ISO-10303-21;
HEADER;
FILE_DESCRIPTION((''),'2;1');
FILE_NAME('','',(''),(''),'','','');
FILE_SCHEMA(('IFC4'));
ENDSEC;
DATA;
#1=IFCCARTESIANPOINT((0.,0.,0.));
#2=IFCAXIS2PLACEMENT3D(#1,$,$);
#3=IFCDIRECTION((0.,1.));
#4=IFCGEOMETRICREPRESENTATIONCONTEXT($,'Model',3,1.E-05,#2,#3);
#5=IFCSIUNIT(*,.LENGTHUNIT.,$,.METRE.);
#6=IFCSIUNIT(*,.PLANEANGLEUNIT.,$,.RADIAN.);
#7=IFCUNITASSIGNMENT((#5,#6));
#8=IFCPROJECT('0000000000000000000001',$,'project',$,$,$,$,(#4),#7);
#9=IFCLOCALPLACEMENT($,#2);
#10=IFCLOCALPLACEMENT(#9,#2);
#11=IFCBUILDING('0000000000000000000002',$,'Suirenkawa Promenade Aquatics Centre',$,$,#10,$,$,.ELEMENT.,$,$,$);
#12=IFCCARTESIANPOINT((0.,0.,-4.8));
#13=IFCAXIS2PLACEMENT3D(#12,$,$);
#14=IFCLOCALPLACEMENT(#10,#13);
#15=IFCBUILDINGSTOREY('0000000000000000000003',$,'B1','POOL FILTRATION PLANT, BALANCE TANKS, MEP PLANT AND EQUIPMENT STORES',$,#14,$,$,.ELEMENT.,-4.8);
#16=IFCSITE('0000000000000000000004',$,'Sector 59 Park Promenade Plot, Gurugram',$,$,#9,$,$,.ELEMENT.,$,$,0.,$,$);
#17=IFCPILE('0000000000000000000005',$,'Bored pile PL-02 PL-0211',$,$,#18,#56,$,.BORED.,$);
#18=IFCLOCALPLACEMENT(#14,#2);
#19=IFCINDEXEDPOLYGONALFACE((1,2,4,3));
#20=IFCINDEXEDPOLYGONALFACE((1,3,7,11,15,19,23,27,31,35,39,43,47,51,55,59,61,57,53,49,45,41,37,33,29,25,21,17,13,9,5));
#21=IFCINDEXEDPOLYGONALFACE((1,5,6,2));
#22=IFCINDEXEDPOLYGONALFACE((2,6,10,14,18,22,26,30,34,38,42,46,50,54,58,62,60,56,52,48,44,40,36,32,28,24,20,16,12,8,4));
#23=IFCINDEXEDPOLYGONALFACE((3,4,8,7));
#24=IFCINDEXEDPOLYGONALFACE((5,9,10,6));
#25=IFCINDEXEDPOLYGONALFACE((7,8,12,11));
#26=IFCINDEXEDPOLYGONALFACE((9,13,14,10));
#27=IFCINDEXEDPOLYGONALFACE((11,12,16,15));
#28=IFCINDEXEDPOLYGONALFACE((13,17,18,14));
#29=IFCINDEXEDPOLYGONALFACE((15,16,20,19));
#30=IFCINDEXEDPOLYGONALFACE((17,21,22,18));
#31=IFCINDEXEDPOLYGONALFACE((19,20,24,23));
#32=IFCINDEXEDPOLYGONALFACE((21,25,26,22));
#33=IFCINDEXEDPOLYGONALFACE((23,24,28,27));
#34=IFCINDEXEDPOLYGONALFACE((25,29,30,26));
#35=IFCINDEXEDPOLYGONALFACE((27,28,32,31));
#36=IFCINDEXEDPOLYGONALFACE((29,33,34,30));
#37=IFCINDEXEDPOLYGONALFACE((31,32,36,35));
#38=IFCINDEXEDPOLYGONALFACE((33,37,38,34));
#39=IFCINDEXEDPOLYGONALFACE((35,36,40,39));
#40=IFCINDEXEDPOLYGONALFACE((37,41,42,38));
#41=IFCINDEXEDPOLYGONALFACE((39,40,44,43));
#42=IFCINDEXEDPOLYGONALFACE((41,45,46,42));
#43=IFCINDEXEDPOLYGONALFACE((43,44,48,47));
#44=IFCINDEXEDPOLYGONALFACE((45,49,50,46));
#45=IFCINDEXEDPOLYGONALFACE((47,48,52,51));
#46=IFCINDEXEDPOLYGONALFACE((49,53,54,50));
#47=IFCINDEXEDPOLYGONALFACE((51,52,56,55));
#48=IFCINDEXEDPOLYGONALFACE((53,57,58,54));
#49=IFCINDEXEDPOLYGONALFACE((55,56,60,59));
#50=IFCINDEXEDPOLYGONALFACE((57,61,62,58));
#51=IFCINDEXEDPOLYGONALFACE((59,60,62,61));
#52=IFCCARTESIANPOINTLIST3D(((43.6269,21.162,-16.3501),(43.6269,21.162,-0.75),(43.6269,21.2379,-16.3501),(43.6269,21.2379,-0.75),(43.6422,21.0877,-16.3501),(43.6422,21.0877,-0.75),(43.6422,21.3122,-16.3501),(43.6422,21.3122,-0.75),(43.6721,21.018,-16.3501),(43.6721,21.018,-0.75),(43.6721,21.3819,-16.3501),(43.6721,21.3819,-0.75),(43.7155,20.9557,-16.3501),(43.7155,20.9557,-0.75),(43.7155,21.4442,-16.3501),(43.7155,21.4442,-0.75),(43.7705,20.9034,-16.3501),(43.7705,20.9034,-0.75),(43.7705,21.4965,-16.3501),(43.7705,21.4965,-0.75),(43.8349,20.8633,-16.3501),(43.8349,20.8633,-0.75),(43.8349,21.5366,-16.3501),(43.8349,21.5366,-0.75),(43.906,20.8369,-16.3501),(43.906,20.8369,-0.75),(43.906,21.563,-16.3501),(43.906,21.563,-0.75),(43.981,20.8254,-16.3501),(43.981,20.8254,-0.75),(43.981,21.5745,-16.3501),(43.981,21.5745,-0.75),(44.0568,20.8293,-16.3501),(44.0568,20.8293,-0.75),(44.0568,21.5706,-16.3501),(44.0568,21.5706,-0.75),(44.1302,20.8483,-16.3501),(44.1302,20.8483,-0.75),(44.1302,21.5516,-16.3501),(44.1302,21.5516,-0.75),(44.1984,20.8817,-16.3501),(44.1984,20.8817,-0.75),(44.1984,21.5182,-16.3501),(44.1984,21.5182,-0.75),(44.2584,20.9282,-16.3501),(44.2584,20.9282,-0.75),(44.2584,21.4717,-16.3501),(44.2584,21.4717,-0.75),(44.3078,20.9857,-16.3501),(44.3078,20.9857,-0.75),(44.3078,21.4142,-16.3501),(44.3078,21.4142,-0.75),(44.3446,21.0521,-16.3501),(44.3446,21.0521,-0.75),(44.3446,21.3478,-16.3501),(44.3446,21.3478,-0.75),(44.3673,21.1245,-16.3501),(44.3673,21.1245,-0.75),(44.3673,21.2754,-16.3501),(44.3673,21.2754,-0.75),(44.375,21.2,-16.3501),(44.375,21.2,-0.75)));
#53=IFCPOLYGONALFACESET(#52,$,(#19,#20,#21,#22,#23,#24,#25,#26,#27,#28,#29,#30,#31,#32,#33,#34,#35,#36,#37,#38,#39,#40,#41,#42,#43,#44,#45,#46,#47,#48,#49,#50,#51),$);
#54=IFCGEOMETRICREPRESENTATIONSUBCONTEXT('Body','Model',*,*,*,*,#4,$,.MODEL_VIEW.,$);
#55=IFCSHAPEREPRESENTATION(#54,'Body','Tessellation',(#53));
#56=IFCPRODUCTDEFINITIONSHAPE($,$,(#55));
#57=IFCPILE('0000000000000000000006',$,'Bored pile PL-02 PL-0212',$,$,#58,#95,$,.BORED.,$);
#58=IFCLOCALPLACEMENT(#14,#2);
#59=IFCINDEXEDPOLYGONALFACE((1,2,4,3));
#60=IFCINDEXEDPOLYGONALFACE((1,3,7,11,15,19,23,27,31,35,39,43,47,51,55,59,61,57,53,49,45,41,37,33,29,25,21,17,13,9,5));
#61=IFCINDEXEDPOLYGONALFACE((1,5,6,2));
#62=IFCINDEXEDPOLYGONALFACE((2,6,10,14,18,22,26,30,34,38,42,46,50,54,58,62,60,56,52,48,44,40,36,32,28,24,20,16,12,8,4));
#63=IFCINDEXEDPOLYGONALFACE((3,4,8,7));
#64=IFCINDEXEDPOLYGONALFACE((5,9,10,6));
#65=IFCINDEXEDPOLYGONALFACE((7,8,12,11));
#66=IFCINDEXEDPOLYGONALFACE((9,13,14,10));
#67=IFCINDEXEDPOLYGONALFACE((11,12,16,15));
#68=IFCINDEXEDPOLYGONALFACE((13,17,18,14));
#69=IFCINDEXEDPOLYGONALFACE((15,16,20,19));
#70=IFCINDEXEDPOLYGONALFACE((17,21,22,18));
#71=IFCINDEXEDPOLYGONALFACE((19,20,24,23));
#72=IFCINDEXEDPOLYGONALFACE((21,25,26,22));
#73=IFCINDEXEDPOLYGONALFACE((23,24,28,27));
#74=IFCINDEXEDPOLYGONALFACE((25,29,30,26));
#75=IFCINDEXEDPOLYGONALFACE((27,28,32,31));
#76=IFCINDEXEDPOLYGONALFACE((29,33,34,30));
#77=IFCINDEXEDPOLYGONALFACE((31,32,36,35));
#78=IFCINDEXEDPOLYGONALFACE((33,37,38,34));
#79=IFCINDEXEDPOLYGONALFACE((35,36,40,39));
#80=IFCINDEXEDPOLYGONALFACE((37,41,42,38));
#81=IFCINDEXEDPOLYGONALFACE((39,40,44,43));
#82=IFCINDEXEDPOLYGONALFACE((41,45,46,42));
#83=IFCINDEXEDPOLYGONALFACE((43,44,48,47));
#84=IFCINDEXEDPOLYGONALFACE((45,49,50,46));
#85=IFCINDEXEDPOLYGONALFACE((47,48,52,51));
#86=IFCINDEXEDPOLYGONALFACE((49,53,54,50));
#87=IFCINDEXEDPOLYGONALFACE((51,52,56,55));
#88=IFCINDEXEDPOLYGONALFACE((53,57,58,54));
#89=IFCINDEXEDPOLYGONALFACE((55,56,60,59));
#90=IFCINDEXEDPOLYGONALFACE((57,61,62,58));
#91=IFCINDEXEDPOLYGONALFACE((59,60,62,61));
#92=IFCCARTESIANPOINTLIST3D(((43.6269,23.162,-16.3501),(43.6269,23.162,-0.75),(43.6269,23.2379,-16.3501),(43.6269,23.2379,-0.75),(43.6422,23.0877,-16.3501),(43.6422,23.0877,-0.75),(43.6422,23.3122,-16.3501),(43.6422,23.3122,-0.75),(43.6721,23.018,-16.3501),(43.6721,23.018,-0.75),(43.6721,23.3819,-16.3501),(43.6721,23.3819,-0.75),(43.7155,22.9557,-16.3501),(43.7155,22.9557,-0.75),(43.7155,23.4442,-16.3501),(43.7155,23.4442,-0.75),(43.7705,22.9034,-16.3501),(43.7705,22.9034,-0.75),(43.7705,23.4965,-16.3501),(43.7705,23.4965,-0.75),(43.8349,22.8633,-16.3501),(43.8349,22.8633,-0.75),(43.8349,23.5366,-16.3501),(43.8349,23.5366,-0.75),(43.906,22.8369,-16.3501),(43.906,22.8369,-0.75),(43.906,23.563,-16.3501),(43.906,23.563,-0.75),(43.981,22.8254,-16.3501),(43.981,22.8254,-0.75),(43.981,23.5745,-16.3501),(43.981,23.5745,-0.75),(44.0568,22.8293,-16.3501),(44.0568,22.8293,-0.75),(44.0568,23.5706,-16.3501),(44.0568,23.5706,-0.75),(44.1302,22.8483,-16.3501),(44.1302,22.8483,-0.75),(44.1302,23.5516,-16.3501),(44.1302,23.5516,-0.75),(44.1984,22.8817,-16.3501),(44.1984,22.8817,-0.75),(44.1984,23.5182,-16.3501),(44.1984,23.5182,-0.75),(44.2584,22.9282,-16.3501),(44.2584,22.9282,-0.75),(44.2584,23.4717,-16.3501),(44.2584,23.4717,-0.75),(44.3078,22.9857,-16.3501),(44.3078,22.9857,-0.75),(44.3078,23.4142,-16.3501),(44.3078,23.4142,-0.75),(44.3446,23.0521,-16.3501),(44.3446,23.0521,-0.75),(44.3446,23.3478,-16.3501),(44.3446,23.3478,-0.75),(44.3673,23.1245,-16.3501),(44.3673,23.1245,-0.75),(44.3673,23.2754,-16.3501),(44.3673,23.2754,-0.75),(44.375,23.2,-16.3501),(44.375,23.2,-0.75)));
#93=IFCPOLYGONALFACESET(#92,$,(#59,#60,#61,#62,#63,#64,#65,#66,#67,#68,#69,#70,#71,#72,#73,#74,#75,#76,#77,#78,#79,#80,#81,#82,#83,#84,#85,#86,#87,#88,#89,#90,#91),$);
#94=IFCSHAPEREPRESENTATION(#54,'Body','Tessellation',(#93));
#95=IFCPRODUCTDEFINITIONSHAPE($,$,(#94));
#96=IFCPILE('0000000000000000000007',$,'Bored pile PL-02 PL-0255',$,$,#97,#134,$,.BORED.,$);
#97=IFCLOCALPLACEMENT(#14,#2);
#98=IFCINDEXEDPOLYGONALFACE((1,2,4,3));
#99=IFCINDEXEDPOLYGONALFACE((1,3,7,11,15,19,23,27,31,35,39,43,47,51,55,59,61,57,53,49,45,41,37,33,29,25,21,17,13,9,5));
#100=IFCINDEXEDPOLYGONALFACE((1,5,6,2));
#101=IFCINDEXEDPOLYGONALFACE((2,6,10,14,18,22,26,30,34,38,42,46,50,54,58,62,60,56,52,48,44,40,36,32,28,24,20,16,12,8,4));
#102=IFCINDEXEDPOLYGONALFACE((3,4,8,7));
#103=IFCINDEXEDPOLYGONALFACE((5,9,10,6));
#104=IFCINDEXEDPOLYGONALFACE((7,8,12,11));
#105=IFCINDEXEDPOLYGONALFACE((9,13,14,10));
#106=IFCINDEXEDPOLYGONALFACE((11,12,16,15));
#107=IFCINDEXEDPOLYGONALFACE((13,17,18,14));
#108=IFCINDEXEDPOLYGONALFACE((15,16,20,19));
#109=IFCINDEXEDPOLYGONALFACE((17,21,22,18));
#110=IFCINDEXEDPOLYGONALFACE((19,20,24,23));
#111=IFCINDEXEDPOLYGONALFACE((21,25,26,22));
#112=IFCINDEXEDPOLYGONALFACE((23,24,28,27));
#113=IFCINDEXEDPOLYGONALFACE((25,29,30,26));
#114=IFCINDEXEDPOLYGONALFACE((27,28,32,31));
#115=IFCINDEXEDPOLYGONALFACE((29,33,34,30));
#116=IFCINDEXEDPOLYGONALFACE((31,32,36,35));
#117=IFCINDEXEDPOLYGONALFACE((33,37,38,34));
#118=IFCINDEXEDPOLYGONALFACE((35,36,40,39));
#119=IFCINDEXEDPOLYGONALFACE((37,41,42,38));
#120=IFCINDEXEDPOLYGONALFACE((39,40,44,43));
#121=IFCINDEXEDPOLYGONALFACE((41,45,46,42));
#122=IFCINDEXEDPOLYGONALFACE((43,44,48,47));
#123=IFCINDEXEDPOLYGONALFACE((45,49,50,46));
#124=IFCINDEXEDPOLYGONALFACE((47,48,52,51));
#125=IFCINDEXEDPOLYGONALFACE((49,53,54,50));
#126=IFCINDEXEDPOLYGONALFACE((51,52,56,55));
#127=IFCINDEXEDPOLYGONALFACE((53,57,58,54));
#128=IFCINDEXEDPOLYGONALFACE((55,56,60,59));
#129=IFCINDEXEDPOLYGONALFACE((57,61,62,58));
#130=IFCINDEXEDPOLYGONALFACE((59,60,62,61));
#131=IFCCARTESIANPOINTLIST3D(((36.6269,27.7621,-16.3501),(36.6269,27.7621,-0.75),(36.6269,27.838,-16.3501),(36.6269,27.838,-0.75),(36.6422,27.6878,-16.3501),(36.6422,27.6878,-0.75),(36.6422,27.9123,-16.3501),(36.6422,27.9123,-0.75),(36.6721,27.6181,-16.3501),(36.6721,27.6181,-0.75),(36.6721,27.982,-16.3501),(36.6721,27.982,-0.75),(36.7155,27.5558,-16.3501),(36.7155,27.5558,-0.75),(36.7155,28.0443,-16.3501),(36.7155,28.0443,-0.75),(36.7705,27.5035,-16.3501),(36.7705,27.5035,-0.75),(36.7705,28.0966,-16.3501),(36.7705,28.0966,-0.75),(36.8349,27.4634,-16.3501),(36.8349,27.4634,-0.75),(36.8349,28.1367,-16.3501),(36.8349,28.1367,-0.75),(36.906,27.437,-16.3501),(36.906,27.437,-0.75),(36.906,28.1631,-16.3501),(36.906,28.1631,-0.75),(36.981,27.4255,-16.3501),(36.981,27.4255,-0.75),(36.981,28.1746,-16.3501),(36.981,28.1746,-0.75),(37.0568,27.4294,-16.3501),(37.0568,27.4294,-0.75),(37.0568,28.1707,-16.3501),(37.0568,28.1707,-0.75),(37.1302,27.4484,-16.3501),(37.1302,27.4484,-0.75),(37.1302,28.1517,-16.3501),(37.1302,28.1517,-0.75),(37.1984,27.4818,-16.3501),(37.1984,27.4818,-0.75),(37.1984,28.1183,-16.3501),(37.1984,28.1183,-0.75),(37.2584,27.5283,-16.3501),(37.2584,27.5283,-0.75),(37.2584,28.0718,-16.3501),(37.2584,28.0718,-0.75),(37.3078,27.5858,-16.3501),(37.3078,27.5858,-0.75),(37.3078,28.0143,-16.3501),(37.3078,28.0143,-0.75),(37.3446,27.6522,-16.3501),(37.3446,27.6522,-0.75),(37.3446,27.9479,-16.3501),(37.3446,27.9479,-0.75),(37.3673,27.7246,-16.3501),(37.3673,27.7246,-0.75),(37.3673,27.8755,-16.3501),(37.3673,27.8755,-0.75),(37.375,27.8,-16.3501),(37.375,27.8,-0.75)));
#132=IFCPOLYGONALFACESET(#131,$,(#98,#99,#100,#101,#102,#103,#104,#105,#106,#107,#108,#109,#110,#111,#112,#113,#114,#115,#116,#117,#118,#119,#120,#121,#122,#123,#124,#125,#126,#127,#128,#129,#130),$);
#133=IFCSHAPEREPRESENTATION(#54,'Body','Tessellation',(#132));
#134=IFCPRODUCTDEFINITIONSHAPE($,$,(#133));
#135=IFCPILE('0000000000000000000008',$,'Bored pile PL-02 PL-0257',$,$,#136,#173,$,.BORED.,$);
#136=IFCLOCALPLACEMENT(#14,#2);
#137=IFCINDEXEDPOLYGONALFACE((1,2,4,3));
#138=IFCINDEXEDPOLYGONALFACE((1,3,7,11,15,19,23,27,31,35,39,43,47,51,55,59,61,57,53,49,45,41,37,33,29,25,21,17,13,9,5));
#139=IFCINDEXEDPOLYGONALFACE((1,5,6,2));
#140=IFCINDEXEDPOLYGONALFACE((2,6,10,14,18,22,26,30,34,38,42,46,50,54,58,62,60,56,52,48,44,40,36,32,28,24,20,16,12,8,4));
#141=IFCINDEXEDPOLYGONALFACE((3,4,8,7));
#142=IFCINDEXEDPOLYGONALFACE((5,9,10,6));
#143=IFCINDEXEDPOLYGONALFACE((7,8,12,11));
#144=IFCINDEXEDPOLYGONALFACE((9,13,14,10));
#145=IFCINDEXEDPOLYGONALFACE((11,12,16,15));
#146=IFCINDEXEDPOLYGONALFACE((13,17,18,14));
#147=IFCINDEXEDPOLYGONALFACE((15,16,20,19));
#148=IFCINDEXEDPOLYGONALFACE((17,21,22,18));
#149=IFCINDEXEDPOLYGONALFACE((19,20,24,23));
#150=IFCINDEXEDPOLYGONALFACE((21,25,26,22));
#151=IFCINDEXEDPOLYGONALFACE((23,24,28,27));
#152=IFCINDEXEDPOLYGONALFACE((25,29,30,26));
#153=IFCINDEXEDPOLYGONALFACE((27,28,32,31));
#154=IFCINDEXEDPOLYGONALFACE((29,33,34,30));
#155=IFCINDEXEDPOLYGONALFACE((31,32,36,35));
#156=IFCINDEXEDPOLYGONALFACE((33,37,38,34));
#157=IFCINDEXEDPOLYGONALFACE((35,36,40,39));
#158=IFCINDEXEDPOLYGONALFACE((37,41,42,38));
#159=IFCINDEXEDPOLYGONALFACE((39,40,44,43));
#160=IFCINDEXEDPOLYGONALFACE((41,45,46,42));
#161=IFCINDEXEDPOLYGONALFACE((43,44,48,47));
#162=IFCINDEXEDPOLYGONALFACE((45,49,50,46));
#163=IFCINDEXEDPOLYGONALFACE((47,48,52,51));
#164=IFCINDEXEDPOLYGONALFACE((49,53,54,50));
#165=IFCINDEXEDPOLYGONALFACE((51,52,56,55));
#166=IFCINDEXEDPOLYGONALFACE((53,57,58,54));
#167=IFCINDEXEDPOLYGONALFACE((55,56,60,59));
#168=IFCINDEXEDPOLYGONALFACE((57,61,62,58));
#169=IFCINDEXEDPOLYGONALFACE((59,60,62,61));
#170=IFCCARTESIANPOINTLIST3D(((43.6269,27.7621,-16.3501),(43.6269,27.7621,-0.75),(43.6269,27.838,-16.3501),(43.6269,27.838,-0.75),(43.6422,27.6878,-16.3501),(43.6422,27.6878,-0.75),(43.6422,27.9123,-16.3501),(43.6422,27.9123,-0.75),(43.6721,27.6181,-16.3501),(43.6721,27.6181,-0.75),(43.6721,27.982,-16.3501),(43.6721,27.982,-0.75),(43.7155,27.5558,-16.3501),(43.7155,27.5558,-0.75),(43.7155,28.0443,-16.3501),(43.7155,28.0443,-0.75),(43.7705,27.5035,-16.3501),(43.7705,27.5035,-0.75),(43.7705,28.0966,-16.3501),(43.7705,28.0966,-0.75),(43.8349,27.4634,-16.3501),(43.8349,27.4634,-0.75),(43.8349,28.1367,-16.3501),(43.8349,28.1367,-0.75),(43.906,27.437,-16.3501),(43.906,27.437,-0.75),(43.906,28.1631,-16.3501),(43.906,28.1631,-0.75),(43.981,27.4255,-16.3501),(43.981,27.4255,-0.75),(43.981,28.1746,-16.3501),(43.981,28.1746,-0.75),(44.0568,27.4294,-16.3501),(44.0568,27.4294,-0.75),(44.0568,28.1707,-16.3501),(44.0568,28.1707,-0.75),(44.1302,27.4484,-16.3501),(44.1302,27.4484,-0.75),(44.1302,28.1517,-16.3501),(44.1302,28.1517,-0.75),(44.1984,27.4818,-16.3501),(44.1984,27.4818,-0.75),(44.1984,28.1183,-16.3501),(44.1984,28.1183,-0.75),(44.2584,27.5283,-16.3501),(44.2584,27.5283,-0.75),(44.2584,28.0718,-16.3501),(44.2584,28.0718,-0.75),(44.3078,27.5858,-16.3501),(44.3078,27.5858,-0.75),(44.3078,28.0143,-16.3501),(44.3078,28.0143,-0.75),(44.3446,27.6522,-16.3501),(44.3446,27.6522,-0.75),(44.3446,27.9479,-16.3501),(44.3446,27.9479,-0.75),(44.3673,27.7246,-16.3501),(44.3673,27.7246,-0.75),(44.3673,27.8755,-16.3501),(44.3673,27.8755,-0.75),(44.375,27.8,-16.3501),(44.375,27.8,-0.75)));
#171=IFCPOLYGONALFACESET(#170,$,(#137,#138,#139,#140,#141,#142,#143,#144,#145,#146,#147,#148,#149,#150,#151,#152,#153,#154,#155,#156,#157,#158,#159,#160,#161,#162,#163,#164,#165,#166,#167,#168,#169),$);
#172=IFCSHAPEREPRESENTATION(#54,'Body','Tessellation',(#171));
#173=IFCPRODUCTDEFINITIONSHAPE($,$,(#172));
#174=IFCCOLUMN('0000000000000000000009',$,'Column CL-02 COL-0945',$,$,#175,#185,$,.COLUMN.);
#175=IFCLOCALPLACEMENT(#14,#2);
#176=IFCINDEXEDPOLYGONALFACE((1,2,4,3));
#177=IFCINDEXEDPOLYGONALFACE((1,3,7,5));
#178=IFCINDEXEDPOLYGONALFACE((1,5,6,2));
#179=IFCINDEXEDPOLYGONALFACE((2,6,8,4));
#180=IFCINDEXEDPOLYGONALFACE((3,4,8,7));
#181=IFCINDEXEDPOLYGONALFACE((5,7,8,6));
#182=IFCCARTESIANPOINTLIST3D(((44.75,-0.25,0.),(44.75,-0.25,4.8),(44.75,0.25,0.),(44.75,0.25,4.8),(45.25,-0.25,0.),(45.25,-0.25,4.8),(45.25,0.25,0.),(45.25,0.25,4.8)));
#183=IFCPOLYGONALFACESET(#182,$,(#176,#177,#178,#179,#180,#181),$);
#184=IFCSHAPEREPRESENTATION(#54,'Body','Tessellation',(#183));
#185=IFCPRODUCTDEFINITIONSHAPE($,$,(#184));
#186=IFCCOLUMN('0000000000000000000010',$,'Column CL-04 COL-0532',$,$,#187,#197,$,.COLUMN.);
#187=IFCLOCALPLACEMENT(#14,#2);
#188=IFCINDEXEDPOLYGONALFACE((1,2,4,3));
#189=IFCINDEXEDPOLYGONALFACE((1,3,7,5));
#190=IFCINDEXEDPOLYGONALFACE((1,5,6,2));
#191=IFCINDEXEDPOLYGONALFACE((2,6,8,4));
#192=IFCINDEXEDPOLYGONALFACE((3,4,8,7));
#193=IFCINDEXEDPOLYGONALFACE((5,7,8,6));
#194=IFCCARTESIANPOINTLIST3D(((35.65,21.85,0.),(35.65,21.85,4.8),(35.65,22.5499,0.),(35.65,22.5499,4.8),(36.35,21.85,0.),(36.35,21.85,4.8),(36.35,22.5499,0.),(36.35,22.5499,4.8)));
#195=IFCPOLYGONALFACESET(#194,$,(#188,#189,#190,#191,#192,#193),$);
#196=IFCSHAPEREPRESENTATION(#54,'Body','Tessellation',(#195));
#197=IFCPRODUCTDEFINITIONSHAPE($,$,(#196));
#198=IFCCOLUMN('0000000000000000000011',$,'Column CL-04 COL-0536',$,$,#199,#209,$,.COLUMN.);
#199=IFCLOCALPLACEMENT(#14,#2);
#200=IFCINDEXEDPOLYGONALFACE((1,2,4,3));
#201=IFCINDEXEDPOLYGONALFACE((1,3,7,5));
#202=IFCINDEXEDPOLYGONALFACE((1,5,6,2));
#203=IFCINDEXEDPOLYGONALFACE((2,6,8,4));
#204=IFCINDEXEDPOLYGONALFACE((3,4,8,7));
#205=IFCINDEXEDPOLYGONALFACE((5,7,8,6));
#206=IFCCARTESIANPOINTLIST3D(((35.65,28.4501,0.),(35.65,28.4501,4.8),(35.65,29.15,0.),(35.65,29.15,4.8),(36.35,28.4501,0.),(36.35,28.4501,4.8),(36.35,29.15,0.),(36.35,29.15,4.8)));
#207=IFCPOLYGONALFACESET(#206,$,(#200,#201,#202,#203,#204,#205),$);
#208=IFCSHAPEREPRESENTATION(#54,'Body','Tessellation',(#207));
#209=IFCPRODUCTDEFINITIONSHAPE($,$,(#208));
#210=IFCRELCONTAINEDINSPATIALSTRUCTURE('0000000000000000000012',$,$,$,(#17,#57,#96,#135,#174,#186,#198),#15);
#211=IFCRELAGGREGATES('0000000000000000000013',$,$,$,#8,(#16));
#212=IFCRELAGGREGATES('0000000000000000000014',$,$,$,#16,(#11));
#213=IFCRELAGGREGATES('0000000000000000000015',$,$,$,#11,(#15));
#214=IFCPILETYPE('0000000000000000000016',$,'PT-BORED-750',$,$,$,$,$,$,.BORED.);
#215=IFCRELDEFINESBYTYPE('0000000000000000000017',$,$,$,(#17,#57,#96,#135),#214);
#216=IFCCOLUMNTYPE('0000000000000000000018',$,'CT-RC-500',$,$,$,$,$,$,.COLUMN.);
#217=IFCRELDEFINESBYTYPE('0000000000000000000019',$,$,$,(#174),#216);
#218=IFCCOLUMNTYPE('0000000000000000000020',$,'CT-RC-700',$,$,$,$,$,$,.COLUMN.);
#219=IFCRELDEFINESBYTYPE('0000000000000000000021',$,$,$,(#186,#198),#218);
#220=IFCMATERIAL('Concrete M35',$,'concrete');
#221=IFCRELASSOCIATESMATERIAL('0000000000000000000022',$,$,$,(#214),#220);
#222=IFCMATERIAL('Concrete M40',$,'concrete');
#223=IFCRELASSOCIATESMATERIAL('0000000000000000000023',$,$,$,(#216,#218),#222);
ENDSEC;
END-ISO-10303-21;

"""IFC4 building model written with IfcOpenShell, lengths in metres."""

from ifc_helpers import new_model, si_unit, direction, frame, origin, origin_2d, place, context, subcontext, project, spatial, rectangle, circle, extrude, material, material_profile, profile_set, type_object, element, save


model = new_model("IFC4")

# Units and contexts
model_context = context("Model", 3, precision=1e-05, world=origin(), true_north=direction((0.0, 1.0)))
body_context = subcontext(model_context, "Body", "Model", "MODEL_VIEW")
ifc_project = project(units=[si_unit("LENGTHUNIT", "METRE"), si_unit("PLANEANGLEUNIT", "RADIAN")], contexts=[model_context])

# Site, building, storey
site_placement = place(None, origin())
site = spatial("IfcSite", under=ifc_project, at=site_placement, Name="Sector 59 Park Promenade Plot, Gurugram", CompositionType="ELEMENT", RefElevation=0.0)
building_placement = place(site_placement, origin())
building = spatial("IfcBuilding", under=site, at=building_placement, Name="Suirenkawa Promenade Aquatics Centre", CompositionType="ELEMENT")
storey_placement = place(building_placement, frame((0.0, 0.0, -4.8)))
storey = spatial("IfcBuildingStorey", under=building, at=storey_placement, Name="B1", Description="POOL FILTRATION PLANT, BALANCE TANKS, MEP PLANT AND EQUIPMENT STORES", CompositionType="ELEMENT", Elevation=-4.8)

# Shared definitions
ifc_material_1 = material(Name="Concrete M35", Category="concrete")

# Piles
ifc_material_profile_1 = material_profile(ifc_material_1, circle(Radius=0.375, at=origin_2d()), Name="PILE D750", Category="concrete")
ifc_profile_set_1 = profile_set([ifc_material_profile_1], Name="Concrete M35")
pile_type_1 = type_object("IfcPileType", Name="PT-BORED-750", PredefinedType="BORED", material=ifc_profile_set_1)
for number, where, z_axis, x_axis, name in (
    (1, (44.0, 21.2, -0.75), (0.0, 0.0, -1.0), (1.0, 0.0, 0.0), "Bored pile PL-02 PL-0211"),
    (2, (44.0, 23.2, -0.75), (0.0, 0.0, -1.0), (1.0, 0.0, 0.0), "Bored pile PL-02 PL-0212"),
    (3, (37.0, 27.8, -0.75), (0.0, 0.0, -1.0), (1.0, 0.0, 0.0), "Bored pile PL-02 PL-0255"),
    (4, (44.0, 27.8, -0.75), (0.0, 0.0, -1.0), (1.0, 0.0, 0.0), "Bored pile PL-02 PL-0257"),
):
    element("IfcPile", number, at=place(storey_placement, frame(where, z_axis=z_axis, x_axis=x_axis)), inside=storey, type_object=pile_type_1, Name=name, PredefinedType="BORED", context=body_context, shape_type="SweptSolid", body=[
        extrude(circle(Radius=0.375, at=origin_2d()), origin(), (0.0, 0.0, 1.0), 15.6001),
    ])

# Columns
ifc_material_2 = material(Name="Concrete M40", Category="concrete")
ifc_material_profile_2 = material_profile(ifc_material_2, rectangle(XDim=0.5, YDim=0.5, at=origin_2d()), Name="RC COL 500x500", Category="concrete")
ifc_profile_set_2 = profile_set([ifc_material_profile_2], Name="Concrete M40")
column_type_1 = type_object("IfcColumnType", Name="CT-RC-500", PredefinedType="COLUMN", material=ifc_profile_set_2)
column_placement = place(storey_placement, frame((45.0, 0.0, 0.0), z_axis=(0.0, 0.0, 1.0), x_axis=(1.0, 0.0, 0.0)))
element("IfcColumn", 5, at=column_placement, inside=storey, type_object=column_type_1, Name="Column CL-02 COL-0945", PredefinedType="COLUMN", context=body_context, shape_type="SweptSolid", body=[
    extrude(rectangle(XDim=0.5, YDim=0.5, at=origin_2d()), origin(), (0.0, 0.0, 1.0), 4.8),
])
ifc_material_profile_3 = material_profile(ifc_material_2, rectangle(XDim=0.7, YDim=0.7, at=origin_2d()), Name="RC COL 700x700", Category="concrete")
ifc_profile_set_3 = profile_set([ifc_material_profile_3], Name="Concrete M40")
column_type_2 = type_object("IfcColumnType", Name="CT-RC-700", PredefinedType="COLUMN", material=ifc_profile_set_3)
for number, where, z_axis, x_axis, name in (
    (6, (36.0, 22.2, 0.0), (0.0, 0.0, 1.0), (1.0, 0.0, 0.0), "Column CL-04 COL-0532"),
    (7, (36.0, 28.8, 0.0), (0.0, 0.0, 1.0), (1.0, 0.0, 0.0), "Column CL-04 COL-0536"),
):
    element("IfcColumn", number, at=place(storey_placement, frame(where, z_axis=z_axis, x_axis=x_axis)), inside=storey, type_object=column_type_2, Name=name, PredefinedType="COLUMN", context=body_context, shape_type="SweptSolid", body=[
        extrude(rectangle(XDim=0.7, YDim=0.7, at=origin_2d()), origin(), (0.0, 0.0, 1.0), 4.8),
    ])

save(model, "model.ifc")
